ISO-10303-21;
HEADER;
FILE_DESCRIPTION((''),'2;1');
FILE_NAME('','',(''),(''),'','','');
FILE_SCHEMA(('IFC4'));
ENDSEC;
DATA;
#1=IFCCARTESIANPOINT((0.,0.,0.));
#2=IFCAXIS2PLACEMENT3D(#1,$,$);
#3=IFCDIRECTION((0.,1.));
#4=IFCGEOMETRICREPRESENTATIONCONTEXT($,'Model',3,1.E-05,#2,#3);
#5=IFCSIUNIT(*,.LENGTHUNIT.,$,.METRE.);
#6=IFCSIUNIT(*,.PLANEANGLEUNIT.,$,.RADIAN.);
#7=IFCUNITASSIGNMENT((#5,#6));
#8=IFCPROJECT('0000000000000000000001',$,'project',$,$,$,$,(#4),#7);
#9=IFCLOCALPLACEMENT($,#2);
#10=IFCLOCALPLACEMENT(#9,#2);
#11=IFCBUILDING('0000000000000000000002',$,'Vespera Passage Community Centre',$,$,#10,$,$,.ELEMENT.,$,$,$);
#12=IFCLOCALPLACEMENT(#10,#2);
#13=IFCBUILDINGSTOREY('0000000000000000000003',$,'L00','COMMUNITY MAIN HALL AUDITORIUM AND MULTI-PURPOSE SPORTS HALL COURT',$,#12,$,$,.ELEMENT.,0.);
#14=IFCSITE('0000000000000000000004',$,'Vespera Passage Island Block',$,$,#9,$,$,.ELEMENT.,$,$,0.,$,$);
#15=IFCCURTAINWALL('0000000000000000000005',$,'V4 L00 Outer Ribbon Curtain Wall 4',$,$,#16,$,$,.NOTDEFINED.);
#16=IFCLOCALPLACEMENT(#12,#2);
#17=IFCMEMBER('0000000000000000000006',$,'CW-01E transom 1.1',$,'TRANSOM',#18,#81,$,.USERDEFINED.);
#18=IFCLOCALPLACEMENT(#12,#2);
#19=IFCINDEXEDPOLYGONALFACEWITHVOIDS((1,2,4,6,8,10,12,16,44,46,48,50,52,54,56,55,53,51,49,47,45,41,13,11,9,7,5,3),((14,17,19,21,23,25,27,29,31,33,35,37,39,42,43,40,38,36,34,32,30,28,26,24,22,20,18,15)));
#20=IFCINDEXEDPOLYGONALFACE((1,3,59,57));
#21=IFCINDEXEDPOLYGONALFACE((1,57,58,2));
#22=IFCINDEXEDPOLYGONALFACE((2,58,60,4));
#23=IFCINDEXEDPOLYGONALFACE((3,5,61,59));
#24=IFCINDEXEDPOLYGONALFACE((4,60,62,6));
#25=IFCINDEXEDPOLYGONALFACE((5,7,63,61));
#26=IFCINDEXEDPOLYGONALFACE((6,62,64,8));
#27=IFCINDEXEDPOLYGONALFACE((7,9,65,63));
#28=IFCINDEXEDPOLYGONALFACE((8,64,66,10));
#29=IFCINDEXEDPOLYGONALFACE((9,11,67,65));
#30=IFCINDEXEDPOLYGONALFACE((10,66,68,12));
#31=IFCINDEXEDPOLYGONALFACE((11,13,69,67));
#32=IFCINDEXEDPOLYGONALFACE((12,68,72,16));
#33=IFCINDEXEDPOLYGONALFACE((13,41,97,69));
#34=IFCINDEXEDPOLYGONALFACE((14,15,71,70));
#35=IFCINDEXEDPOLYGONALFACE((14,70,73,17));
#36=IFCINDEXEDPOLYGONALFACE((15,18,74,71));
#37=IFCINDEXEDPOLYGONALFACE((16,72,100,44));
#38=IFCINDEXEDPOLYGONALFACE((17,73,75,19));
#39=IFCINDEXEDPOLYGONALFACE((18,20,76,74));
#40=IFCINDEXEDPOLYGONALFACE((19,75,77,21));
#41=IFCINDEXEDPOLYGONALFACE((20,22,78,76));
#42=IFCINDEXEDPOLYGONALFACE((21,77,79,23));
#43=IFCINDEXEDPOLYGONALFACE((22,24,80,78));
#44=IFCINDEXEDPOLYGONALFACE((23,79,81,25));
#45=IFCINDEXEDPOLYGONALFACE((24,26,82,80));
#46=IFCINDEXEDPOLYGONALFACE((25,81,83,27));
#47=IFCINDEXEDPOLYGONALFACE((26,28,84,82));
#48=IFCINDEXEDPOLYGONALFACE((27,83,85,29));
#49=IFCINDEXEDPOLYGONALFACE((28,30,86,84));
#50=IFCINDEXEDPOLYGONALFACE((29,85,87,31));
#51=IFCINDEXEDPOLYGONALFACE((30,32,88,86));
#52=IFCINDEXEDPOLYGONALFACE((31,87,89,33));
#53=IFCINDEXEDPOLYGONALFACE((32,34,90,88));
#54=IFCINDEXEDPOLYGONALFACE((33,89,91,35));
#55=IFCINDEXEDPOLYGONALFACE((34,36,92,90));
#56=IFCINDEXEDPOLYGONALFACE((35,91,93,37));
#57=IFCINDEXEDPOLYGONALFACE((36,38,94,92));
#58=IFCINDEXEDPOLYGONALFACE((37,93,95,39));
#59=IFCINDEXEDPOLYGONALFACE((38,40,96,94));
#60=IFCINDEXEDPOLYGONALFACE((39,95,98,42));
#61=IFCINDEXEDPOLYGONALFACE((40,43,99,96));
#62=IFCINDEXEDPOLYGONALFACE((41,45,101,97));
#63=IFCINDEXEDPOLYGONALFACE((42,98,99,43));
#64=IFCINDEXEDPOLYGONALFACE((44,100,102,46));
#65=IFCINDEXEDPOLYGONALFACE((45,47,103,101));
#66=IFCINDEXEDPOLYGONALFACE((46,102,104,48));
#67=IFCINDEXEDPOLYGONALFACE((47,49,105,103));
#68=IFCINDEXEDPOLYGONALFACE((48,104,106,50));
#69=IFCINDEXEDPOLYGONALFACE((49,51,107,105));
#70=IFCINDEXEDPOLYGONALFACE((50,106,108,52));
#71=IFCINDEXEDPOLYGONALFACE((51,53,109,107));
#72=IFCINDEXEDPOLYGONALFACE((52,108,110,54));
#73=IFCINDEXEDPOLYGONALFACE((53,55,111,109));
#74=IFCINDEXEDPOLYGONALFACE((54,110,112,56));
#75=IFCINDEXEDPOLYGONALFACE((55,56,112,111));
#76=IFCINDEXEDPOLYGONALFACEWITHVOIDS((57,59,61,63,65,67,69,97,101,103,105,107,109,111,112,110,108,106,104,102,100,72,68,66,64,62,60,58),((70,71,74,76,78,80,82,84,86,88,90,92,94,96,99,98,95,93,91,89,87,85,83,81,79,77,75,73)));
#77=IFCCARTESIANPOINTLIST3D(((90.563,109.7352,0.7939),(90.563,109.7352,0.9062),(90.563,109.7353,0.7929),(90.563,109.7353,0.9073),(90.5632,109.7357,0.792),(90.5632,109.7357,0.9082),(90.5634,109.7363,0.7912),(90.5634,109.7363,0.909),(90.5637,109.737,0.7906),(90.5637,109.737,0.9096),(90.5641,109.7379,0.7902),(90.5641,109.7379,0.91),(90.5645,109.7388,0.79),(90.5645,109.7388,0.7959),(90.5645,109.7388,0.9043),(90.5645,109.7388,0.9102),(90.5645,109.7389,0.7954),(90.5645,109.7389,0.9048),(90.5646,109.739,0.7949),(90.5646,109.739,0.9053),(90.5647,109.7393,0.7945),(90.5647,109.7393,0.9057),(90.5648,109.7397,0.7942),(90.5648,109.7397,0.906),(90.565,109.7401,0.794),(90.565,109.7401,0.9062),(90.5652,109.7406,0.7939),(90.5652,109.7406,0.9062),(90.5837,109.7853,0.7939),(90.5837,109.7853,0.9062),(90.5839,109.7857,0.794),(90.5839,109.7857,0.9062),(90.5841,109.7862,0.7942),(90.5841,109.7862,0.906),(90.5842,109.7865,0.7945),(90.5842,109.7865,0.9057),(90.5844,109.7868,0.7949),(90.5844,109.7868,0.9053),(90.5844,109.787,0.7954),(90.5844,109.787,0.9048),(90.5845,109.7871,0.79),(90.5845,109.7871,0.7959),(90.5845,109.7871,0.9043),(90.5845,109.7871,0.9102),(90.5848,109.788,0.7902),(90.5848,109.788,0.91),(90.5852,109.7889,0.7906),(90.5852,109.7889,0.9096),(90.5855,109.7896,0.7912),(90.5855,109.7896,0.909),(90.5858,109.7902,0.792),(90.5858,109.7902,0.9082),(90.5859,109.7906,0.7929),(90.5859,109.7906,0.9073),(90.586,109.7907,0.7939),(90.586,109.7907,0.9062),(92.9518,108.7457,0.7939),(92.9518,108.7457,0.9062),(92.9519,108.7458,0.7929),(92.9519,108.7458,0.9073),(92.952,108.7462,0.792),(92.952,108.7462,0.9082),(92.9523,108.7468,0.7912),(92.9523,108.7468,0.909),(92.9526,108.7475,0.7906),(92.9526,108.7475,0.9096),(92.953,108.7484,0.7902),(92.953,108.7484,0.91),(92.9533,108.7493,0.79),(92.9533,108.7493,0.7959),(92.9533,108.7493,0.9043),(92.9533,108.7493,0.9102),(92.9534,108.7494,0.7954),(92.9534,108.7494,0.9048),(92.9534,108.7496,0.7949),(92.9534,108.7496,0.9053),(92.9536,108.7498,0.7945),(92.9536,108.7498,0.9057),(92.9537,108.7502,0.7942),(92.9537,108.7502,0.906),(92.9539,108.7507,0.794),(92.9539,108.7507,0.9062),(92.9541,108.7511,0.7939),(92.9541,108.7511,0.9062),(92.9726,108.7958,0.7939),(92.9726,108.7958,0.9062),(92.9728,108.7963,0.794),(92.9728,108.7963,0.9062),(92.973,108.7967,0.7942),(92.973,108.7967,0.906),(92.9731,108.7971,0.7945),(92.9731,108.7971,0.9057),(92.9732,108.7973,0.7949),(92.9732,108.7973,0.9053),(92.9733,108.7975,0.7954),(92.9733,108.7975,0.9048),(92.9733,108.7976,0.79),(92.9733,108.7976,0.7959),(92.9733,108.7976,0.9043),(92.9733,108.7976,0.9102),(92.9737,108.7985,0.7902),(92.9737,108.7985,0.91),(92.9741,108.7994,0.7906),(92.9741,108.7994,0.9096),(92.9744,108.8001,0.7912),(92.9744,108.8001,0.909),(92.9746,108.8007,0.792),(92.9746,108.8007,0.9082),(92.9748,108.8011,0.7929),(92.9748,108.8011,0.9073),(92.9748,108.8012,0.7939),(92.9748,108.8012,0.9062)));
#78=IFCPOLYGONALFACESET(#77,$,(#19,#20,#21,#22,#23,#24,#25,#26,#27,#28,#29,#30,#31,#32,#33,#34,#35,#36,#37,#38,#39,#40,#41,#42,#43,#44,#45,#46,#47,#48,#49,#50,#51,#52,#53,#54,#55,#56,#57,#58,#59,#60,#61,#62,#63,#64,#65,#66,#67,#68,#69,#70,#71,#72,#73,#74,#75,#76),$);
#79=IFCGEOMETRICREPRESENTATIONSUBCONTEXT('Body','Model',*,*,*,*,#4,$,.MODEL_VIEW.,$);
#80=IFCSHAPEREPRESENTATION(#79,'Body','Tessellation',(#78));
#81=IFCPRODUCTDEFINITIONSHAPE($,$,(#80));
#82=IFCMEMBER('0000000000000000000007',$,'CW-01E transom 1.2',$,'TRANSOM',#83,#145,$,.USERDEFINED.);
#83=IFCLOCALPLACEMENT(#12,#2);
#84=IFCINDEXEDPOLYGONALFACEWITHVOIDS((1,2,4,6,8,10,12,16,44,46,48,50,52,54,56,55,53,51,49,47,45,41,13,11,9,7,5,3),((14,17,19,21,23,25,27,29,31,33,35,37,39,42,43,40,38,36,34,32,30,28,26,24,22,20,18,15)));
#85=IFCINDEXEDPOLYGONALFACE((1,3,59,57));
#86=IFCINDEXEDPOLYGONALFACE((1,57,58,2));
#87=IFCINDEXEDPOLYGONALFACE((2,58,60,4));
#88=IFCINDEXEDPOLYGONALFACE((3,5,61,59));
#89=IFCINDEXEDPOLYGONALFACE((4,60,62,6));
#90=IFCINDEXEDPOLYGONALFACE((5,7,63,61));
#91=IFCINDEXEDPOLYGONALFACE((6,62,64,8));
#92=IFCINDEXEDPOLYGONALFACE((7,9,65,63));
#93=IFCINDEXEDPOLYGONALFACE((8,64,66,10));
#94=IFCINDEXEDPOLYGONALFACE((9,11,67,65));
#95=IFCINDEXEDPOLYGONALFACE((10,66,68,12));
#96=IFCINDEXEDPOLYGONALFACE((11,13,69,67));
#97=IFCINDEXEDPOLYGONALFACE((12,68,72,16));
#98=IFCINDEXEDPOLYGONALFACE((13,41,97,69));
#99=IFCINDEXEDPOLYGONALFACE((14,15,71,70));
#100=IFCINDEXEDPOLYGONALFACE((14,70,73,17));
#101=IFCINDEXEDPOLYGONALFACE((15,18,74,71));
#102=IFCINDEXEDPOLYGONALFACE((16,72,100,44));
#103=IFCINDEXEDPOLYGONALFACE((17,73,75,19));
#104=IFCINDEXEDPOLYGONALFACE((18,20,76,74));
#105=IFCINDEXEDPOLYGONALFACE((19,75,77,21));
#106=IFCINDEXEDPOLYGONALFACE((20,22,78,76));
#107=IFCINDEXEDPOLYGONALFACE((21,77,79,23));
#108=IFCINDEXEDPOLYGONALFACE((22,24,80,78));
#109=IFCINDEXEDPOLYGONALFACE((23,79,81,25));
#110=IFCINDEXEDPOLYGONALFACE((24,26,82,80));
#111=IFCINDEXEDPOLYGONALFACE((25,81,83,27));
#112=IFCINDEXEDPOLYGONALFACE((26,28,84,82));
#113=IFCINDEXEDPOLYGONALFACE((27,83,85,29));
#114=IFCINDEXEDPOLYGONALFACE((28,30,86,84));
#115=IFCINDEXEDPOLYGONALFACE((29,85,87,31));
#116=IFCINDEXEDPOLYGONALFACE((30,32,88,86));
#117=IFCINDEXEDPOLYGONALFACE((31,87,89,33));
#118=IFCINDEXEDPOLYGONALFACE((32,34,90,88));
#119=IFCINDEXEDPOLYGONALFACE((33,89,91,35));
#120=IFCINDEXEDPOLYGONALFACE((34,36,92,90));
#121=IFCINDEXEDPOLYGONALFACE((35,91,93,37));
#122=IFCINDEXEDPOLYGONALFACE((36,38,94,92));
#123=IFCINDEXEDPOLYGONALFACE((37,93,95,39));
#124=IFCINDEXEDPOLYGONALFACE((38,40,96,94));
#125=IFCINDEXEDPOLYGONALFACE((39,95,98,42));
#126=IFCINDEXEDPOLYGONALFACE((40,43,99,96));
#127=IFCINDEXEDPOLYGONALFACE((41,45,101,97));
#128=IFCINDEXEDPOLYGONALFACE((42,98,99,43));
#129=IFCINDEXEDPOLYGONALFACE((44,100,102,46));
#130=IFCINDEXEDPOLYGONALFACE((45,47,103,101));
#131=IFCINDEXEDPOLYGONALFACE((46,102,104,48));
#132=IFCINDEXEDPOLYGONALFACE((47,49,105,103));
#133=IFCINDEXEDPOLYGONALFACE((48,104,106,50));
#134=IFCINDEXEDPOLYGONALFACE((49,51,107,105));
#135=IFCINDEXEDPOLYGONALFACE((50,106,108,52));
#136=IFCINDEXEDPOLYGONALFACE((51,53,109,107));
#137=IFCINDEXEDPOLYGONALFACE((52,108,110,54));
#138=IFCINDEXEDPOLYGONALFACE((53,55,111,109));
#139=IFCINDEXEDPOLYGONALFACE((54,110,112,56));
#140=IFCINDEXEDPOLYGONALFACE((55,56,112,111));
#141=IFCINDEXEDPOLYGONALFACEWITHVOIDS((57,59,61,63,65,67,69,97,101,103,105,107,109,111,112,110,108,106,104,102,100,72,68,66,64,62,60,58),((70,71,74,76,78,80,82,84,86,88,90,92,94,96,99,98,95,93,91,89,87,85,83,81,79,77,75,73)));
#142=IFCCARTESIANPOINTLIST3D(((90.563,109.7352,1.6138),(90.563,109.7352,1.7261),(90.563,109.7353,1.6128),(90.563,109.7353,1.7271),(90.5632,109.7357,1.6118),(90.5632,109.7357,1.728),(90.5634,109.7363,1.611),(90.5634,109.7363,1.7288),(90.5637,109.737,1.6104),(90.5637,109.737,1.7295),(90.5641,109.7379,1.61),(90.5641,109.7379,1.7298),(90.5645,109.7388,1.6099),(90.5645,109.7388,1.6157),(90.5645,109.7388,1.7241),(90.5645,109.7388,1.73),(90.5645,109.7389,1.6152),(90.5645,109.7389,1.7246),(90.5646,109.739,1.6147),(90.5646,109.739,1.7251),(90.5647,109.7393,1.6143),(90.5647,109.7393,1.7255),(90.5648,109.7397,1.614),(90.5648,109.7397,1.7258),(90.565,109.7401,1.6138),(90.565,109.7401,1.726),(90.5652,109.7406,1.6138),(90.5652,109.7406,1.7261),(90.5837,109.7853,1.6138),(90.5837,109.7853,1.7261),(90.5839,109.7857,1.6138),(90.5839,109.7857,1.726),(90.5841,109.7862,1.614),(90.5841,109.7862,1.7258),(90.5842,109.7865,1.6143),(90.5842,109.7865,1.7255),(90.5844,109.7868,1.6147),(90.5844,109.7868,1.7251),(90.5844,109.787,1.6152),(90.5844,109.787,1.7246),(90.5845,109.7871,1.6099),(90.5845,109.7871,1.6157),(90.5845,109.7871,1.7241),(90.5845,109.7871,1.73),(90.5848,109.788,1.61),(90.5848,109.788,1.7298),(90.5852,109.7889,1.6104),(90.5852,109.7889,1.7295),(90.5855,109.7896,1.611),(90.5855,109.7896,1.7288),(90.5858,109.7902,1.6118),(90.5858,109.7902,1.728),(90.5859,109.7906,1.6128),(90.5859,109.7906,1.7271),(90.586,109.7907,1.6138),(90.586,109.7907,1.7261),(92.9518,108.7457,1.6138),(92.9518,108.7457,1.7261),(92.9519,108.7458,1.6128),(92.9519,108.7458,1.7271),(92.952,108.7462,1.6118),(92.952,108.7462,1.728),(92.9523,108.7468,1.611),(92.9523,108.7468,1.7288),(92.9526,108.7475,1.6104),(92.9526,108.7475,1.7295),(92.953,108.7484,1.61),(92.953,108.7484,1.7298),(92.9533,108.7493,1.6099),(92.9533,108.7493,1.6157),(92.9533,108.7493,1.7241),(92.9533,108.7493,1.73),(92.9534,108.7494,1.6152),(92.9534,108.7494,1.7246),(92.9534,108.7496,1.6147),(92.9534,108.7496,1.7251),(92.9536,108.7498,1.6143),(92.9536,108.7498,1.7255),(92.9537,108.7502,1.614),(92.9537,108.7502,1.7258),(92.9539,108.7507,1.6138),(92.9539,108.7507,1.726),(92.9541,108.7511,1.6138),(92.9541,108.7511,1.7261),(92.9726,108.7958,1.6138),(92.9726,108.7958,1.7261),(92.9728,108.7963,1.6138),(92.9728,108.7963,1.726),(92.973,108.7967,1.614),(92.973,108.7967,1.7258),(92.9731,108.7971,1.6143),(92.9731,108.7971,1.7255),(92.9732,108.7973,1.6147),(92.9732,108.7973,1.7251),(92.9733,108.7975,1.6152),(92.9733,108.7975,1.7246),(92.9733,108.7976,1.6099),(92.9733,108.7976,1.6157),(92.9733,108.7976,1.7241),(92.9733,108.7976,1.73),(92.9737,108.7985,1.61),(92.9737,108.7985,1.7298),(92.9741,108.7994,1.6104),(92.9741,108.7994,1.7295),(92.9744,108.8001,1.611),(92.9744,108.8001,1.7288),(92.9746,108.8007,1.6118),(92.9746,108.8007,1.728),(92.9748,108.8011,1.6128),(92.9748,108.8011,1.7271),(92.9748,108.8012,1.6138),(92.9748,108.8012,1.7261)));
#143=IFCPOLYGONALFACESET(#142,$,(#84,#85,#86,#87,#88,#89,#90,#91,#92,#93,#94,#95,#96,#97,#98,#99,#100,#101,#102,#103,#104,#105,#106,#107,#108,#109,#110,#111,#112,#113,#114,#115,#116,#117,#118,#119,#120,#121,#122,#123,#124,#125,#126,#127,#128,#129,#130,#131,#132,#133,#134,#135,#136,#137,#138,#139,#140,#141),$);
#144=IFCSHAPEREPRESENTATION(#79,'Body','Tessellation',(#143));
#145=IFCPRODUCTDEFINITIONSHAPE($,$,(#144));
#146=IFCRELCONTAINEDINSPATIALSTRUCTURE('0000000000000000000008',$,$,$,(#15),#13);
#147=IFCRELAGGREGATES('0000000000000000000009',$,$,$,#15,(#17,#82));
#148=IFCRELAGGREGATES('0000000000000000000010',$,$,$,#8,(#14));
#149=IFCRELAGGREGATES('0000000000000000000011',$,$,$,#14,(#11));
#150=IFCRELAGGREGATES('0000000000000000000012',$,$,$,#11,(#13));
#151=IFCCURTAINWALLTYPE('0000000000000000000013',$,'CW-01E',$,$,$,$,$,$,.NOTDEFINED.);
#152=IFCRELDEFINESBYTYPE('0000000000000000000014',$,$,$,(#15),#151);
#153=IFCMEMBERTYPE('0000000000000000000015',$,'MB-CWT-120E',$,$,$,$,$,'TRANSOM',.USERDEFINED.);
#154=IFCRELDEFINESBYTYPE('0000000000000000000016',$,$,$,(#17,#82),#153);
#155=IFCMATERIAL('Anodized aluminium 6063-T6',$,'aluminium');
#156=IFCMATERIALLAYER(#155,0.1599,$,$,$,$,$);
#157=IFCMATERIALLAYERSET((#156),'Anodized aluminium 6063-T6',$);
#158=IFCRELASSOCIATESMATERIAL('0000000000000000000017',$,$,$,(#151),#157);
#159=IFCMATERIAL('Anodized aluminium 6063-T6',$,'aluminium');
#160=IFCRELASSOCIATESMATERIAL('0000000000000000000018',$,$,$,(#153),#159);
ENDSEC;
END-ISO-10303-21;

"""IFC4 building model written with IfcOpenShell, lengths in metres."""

from ifc_helpers import new_model, si_unit, direction, frame, origin, origin_2d, place, context, subcontext, project, spatial, hollow_rectangle, extrude, material, layer, layer_set, material_profile, profile_set, type_object, element, aggregate, save


model = new_model("IFC4")

# Units and contexts
model_context = context("Model", 3, precision=1e-05, world=origin(), true_north=direction((0.0, 1.0)))
body_context = subcontext(model_context, "Body", "Model", "MODEL_VIEW")
ifc_project = project(units=[si_unit("LENGTHUNIT", "METRE"), si_unit("PLANEANGLEUNIT", "RADIAN")], contexts=[model_context])

# Site, building, storey
site_placement = place(None, origin())
site = spatial("IfcSite", under=ifc_project, at=site_placement, Name="Vespera Passage Island Block", CompositionType="ELEMENT", RefElevation=0.0)
building_placement = place(site_placement, origin())
building = spatial("IfcBuilding", under=site, at=building_placement, Name="Vespera Passage Community Centre", CompositionType="ELEMENT")
storey_placement = place(building_placement, origin())
storey = spatial("IfcBuildingStorey", under=building, at=storey_placement, Name="L00", Description="COMMUNITY MAIN HALL AUDITORIUM AND MULTI-PURPOSE SPORTS HALL COURT", CompositionType="ELEMENT", Elevation=0.0)

# Curtain wall, members
ifc_material_1 = material(Name="Anodized aluminium 6063-T6", Category="aluminium")
ifc_layer_1 = layer(ifc_material_1, 0.1599)
ifc_layer_set_1 = layer_set([ifc_layer_1], Name="Anodized aluminium 6063-T6")
curtain_wall_type = type_object("IfcCurtainWallType", Name="CW-01E", PredefinedType="NOTDEFINED", material=ifc_layer_set_1)
curtain_wall_placement = place(storey_placement, origin())
curtain_wall = element("IfcCurtainWall", 1, at=curtain_wall_placement, inside=storey, type_object=curtain_wall_type, Name="V4 L00 Outer Ribbon Curtain Wall 4", PredefinedType="NOTDEFINED")
ifc_material_2 = material(Name="Anodized aluminium 6063-T6", Category="aluminium")
ifc_material_profile_1 = material_profile(ifc_material_2, hollow_rectangle(XDim=0.0601, YDim=0.1201, WallThickness=0.0039, InnerFilletRadius=0.002, OuterFilletRadius=0.0039, at=origin_2d()), Name="ALU120X60X4")
ifc_profile_set_1 = profile_set([ifc_material_profile_1], Name="Anodized aluminium 6063-T6")
member_type_1 = type_object("IfcMemberType", Name="MB-CWT-120E", ElementType="TRANSOM", PredefinedType="USERDEFINED", material=ifc_profile_set_1)
member_1_placement = place(storey_placement, frame((90.5745, 109.7629, 0.8501), z_axis=(0.923882, -0.382677, 0.0), x_axis=(0.382677, 0.923882, 0.0)))
member_1 = element("IfcMember", 2, at=member_1_placement, type_object=member_type_1, Name="CW-01E transom 1.1", ObjectType="TRANSOM", PredefinedType="USERDEFINED", context=body_context, shape_type="SweptSolid", body=[
    extrude(hollow_rectangle(XDim=0.0601, YDim=0.1201, WallThickness=0.0039, InnerFilletRadius=0.002, OuterFilletRadius=0.0039, at=origin_2d()), origin(), (0.0, 0.0, 1.0), 2.5857),
])
member_2_placement = place(storey_placement, frame((90.5745, 109.7629, 1.6699), z_axis=(0.923882, -0.382677, 0.0), x_axis=(0.382677, 0.923882, 0.0)))
member_2 = element("IfcMember", 3, at=member_2_placement, type_object=member_type_1, Name="CW-01E transom 1.2", ObjectType="TRANSOM", PredefinedType="USERDEFINED", context=body_context, shape_type="SweptSolid", body=[
    extrude(hollow_rectangle(XDim=0.0601, YDim=0.1201, WallThickness=0.0039, InnerFilletRadius=0.002, OuterFilletRadius=0.0039, at=origin_2d()), origin(), (0.0, 0.0, 1.0), 2.5857),
])
aggregate(curtain_wall, [member_1, member_2])

save(model, "model.ifc")
